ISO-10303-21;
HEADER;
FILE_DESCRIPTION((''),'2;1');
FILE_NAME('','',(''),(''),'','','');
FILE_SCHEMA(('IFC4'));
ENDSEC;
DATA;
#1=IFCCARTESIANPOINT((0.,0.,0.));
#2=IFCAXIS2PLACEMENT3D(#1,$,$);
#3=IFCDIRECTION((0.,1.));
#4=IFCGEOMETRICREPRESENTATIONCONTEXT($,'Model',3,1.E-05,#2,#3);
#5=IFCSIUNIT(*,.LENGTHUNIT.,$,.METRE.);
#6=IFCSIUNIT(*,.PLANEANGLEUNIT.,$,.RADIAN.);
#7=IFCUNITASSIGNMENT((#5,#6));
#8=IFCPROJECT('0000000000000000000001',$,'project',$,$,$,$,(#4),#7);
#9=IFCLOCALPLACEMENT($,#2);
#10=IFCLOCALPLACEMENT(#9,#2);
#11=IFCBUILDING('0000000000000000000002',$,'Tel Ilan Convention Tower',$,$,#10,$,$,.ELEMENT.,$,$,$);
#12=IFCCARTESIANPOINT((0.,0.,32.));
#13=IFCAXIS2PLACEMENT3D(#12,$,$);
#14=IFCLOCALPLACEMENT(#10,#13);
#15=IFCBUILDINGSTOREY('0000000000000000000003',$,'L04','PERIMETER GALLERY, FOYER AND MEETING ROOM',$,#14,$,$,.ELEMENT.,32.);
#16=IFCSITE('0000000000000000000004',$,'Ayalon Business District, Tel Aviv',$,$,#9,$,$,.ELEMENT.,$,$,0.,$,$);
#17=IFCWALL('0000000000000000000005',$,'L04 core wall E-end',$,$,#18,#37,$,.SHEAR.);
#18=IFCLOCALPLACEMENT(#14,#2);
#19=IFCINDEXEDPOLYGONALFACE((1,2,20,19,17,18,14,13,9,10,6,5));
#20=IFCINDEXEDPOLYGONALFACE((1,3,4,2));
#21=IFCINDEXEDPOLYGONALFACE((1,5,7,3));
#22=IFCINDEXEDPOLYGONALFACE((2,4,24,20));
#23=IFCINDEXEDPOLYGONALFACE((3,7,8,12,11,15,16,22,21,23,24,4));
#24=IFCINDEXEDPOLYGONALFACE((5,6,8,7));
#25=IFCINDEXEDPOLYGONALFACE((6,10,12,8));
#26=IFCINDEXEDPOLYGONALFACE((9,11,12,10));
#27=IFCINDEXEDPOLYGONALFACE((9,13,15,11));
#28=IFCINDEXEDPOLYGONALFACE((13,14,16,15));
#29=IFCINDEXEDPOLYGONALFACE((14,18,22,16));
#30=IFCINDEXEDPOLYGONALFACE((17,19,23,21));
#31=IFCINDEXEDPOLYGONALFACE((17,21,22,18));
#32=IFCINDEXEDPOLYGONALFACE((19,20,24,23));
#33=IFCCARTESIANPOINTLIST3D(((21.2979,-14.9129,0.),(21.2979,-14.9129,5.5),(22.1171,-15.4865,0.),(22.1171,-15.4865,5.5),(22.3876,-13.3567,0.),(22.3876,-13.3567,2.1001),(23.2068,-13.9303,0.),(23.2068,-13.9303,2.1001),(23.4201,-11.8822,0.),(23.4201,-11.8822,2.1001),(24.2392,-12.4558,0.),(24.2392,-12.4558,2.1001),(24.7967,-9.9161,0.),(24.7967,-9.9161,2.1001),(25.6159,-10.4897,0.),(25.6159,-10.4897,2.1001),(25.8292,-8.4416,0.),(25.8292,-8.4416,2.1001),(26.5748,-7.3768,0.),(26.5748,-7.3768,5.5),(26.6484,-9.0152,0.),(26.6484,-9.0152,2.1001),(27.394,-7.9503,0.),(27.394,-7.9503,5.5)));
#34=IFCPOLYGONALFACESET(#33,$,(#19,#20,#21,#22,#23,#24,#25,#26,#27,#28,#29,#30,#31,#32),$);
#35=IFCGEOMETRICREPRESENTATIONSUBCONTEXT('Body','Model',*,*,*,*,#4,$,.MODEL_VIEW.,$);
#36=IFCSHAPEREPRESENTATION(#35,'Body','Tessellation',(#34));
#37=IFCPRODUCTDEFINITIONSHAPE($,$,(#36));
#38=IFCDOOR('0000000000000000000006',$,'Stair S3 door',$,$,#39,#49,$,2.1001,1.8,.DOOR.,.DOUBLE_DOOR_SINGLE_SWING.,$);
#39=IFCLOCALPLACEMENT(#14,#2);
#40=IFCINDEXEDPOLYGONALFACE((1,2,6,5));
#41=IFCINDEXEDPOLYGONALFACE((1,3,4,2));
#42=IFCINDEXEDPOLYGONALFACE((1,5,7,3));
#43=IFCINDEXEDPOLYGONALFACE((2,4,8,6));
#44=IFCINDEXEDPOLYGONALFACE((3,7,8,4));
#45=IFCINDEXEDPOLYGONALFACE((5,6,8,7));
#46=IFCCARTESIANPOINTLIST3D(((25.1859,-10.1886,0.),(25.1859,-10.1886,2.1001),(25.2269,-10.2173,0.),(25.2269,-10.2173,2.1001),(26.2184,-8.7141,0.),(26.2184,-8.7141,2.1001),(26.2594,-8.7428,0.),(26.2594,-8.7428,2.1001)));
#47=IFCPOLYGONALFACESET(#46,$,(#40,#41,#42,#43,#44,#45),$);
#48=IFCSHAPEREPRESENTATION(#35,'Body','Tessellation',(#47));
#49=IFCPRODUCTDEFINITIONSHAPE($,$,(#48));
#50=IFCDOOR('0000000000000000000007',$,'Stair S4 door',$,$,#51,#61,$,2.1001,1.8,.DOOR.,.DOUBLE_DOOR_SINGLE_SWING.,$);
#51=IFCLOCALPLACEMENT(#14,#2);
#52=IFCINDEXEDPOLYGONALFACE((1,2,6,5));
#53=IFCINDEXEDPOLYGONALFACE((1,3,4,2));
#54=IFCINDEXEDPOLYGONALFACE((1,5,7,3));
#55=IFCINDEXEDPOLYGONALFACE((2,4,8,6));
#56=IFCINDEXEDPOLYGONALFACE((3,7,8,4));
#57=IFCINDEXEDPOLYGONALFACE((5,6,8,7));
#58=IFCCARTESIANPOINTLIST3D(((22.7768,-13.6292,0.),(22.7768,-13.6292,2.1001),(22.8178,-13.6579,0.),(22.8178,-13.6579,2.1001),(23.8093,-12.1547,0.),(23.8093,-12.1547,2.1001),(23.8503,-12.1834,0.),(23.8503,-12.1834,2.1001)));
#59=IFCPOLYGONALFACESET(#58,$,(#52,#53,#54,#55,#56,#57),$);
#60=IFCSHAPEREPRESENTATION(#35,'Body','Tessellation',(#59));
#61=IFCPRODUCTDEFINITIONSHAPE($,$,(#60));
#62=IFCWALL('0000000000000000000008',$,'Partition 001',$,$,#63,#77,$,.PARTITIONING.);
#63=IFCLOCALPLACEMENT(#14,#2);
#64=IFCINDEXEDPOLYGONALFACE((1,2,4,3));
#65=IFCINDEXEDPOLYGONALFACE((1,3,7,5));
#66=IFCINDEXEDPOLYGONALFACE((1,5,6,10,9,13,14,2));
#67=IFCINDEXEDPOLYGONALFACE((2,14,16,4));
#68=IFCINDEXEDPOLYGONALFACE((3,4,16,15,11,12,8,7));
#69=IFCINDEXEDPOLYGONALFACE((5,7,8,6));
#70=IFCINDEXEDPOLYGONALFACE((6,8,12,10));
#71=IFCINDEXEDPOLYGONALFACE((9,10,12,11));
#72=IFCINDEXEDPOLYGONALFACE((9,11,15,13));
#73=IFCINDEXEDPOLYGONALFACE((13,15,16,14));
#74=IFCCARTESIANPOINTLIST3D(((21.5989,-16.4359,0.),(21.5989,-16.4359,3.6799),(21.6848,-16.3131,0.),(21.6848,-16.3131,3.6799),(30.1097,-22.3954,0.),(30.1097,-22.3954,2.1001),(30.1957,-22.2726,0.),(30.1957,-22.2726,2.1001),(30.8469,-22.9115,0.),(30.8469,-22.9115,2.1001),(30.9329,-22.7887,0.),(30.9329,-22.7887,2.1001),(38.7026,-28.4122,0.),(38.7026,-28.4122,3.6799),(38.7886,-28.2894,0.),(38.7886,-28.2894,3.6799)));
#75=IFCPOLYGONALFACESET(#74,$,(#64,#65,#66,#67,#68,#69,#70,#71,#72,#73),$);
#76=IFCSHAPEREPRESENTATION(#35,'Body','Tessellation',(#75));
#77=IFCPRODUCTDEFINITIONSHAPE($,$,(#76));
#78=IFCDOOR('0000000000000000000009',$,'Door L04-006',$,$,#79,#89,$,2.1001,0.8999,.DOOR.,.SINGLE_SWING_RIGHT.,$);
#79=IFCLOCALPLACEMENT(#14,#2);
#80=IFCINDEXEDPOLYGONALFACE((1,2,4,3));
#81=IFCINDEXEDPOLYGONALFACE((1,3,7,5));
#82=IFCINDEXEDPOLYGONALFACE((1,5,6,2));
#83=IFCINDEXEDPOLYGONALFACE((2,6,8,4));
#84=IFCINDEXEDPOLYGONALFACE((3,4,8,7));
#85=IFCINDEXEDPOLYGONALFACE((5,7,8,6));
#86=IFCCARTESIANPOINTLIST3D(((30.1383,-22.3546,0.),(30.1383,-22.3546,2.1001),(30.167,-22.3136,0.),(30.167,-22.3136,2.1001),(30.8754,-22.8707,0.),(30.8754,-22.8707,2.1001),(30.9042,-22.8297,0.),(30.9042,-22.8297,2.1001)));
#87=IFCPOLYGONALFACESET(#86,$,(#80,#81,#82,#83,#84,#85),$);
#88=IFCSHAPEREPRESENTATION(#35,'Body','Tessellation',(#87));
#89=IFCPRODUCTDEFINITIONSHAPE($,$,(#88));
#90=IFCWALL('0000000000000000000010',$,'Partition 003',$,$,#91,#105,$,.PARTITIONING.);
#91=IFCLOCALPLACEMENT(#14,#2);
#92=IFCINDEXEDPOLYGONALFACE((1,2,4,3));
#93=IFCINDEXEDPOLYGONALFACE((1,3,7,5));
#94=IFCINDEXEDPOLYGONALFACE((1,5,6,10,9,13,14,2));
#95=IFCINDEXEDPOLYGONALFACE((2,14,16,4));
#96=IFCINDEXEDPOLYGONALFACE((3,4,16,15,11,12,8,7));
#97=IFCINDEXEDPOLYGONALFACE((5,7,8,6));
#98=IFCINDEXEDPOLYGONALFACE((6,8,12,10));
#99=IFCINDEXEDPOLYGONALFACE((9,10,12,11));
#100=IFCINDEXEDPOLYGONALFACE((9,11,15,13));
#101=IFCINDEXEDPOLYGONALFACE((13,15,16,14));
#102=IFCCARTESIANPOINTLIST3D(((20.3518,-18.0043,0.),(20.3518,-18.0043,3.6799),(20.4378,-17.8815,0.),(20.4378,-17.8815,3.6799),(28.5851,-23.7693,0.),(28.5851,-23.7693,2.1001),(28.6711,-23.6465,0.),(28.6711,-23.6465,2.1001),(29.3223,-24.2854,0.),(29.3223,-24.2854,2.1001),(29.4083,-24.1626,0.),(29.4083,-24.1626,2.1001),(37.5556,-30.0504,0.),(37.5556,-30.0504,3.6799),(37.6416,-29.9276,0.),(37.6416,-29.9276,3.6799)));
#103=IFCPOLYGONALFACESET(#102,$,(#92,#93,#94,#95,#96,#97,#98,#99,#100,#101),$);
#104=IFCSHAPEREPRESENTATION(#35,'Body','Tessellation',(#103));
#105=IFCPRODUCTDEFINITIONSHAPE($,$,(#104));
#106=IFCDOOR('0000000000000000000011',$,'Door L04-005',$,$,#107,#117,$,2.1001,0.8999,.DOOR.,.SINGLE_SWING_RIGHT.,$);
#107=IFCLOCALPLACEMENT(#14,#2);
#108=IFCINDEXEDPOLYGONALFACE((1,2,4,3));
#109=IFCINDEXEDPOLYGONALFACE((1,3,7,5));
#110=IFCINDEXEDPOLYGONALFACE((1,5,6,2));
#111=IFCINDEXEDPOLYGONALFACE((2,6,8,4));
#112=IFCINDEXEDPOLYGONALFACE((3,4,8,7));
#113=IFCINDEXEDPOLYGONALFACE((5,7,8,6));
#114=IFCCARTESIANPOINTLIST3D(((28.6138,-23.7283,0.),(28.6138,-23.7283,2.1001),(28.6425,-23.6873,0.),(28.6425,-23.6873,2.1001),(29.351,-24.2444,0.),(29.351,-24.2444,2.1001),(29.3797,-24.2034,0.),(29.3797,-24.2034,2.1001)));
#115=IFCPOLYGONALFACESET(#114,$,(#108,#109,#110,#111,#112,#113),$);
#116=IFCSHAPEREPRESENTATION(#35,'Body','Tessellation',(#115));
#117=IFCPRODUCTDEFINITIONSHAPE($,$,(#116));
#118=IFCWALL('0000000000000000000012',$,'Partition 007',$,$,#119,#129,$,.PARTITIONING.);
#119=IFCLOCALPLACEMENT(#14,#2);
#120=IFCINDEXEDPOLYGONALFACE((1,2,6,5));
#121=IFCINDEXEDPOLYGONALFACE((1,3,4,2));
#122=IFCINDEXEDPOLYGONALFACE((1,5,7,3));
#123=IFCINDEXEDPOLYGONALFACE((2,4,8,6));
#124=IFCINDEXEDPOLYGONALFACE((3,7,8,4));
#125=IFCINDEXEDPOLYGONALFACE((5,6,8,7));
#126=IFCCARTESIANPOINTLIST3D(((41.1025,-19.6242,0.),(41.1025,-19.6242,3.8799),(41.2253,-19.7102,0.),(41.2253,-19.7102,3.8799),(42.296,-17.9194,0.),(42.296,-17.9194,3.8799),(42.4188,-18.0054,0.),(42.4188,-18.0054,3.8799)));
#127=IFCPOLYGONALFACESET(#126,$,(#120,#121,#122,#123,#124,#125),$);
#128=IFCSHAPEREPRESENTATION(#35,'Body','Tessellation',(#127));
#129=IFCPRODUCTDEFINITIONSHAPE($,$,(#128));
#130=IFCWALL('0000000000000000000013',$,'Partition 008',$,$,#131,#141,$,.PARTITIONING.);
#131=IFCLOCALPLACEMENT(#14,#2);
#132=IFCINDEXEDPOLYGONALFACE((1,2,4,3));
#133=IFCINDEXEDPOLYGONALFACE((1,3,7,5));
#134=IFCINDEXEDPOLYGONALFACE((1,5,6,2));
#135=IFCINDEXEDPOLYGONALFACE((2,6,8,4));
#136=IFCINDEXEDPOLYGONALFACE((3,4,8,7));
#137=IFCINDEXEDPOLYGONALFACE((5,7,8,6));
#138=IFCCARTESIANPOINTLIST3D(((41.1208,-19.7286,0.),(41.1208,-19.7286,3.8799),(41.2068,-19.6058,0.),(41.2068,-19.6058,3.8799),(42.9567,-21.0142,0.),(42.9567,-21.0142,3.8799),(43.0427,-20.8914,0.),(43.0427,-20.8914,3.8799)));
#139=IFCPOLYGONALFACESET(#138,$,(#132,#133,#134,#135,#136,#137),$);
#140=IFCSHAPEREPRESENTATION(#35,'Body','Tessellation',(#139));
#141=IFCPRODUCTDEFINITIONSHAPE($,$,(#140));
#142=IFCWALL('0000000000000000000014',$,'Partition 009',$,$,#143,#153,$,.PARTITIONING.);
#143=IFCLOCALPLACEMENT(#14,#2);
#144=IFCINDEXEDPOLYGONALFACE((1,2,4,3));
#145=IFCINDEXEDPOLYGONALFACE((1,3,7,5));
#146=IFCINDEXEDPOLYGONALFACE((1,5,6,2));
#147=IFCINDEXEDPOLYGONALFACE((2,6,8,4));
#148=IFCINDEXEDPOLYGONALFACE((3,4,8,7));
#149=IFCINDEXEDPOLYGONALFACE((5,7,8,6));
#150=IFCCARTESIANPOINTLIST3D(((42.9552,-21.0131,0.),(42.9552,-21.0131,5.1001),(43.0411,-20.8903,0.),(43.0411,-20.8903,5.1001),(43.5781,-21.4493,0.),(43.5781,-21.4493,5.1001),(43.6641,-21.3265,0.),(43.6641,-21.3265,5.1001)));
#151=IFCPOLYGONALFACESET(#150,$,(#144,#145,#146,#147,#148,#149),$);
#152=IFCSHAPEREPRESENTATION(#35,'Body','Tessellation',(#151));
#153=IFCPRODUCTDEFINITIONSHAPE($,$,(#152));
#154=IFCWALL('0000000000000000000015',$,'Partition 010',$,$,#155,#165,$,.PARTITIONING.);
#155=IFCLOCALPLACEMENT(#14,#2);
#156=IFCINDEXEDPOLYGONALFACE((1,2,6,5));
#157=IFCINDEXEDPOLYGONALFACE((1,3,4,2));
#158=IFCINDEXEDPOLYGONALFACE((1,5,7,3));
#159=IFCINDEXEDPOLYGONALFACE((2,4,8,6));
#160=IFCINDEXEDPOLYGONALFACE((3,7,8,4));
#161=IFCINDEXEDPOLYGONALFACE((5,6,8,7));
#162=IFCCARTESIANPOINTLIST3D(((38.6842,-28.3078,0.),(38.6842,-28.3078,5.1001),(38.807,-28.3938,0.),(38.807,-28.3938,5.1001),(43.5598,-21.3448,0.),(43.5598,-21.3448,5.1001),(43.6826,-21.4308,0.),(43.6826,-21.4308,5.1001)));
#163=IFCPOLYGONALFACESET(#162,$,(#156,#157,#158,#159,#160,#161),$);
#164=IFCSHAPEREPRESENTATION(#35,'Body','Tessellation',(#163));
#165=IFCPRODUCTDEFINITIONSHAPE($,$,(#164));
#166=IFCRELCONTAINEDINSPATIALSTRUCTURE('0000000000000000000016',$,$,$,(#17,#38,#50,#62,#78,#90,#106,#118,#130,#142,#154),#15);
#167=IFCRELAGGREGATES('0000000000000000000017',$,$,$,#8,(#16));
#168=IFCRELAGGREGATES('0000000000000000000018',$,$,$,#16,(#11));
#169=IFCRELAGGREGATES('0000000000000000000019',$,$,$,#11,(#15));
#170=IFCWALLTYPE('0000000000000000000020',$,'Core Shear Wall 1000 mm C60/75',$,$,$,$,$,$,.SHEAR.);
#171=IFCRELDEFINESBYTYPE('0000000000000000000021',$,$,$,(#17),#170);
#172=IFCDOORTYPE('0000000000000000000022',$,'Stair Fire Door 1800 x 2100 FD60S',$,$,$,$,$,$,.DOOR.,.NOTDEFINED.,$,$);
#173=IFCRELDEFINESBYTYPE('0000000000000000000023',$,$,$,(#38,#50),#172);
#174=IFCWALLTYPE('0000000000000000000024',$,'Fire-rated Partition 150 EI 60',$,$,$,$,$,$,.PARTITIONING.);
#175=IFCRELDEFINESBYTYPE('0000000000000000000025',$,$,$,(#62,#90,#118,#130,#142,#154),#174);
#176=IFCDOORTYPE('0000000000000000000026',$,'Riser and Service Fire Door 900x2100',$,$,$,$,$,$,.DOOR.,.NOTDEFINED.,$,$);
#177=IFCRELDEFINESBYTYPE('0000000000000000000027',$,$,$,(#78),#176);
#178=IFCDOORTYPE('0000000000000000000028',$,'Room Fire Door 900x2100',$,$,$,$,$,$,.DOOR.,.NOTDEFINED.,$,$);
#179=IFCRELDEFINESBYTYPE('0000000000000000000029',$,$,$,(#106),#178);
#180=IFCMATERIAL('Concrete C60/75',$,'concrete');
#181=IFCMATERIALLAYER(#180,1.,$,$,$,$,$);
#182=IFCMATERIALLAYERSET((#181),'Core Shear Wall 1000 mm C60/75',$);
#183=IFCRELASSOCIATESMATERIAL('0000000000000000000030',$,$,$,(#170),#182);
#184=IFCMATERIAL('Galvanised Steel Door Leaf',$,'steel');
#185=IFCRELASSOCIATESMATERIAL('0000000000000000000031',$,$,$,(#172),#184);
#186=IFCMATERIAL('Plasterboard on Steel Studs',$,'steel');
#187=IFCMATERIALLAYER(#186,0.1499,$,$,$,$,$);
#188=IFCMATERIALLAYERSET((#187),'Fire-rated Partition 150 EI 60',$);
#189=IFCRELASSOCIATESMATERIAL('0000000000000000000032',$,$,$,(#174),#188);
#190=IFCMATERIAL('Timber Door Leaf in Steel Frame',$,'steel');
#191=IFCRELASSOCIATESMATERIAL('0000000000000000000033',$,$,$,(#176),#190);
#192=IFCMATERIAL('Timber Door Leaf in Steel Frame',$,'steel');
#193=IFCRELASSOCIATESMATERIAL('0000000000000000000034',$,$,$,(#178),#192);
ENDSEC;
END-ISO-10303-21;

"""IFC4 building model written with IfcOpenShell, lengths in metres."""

from ifc_helpers import new_model, si_unit, direction, frame, frame_2d, origin, place, context, subcontext, project, spatial, polyline, rectangle, outline, extrude, material, layer, layer_set, type_object, element, fill, save


model = new_model("IFC4")

# Units and contexts
model_context = context("Model", 3, precision=1e-05, world=origin(), true_north=direction((0.0, 1.0)))
body_context = subcontext(model_context, "Body", "Model", "MODEL_VIEW")
ifc_project = project(units=[si_unit("LENGTHUNIT", "METRE"), si_unit("PLANEANGLEUNIT", "RADIAN")], contexts=[model_context])

# Site, building, storey
site_placement = place(None, origin())
site = spatial("IfcSite", under=ifc_project, at=site_placement, Name="Ayalon Business District, Tel Aviv", CompositionType="ELEMENT", RefElevation=0.0)
building_placement = place(site_placement, origin())
building = spatial("IfcBuilding", under=site, at=building_placement, Name="Tel Ilan Convention Tower", CompositionType="ELEMENT")
storey_placement = place(building_placement, frame((0.0, 0.0, 32.0)))
storey = spatial("IfcBuildingStorey", under=building, at=storey_placement, Name="L04", Description="PERIMETER GALLERY, FOYER AND MEETING ROOM", CompositionType="ELEMENT", Elevation=32.0)

# Wall, openings, doors
ifc_material_1 = material(Name="Concrete C60/75", Category="concrete")
ifc_layer_1 = layer(ifc_material_1, 1.0)
ifc_layer_set_1 = layer_set([ifc_layer_1], Name="Core Shear Wall 1000 mm C60/75")
wall_type_1 = type_object("IfcWallType", Name="Core Shear Wall 1000 mm C60/75", PredefinedType="SHEAR", material=ifc_layer_set_1)
wall_1_placement = place(storey_placement, frame((21.7075, -15.1997, 0.0), z_axis=(0.0, 0.0, 1.0), x_axis=(0.573576, 0.819152, 0.0)))
wall_1 = element("IfcWall", 1, at=wall_1_placement, inside=storey, type_object=wall_type_1, Name="L04 core wall E-end", PredefinedType="SHEAR", context=body_context, shape_type="SweptSolid", body=[
    extrude(outline(polyline([(9.2, 0.5), (0.0, 0.5), (0.0, -0.5), (9.2, -0.5), (9.2, 0.5)])), origin(), (0.0, 0.0, 1.0), 5.5),
])
opening_1_placement = place(wall_1_placement, frame((6.1001, 0.0, 0.0)))
opening_1 = element("IfcOpeningElement", 2, at=opening_1_placement, cuts=wall_1, PredefinedType="OPENING", context=body_context, shape_type="SweptSolid", body=[
    extrude(rectangle(XDim=1.8, YDim=2.1001, at=frame_2d((0.8999, 1.05))), frame((0.0, 0.51, 0.0), z_axis=(0.0, -1.0, 0.0), x_axis=(1.0, 0.0, 0.0)), (0.0, 0.0, 1.0), 1.02),
])
opening_2_placement = place(wall_1_placement, frame((1.8999, 0.0, 0.0)))
opening_2 = element("IfcOpeningElement", 3, at=opening_2_placement, cuts=wall_1, PredefinedType="OPENING", context=body_context, shape_type="SweptSolid", body=[
    extrude(rectangle(XDim=1.8, YDim=2.1001, at=frame_2d((0.8999, 1.05))), frame((0.0, 0.51, 0.0), z_axis=(0.0, -1.0, 0.0), x_axis=(1.0, 0.0, 0.0)), (0.0, 0.0, 1.0), 1.02),
])
ifc_material_2 = material(Name="Galvanised Steel Door Leaf", Category="steel")
door_type_1 = type_object("IfcDoorType", Name="Stair Fire Door 1800 x 2100 FD60S", OperationType="NOTDEFINED", PredefinedType="DOOR", material=ifc_material_2)
door_1_placement = place(opening_1_placement, origin())
door_1 = element("IfcDoor", 4, at=door_1_placement, inside=storey, type_object=door_type_1, Name="Stair S3 door", OperationType="DOUBLE_DOOR_SINGLE_SWING", OverallHeight=2.1001, OverallWidth=1.8, PredefinedType="DOOR", context=body_context, shape_type="SweptSolid", body=[
    extrude(rectangle(XDim=1.8, YDim=2.1001, at=frame_2d((0.8999, 1.05))), frame((0.0, 0.0249, 0.0), z_axis=(0.0, -1.0, 0.0), x_axis=(1.0, 0.0, 0.0)), (0.0, 0.0, 1.0), 0.05),
])
fill(opening_1, door_1)
door_2_placement = place(opening_2_placement, origin())
door_2 = element("IfcDoor", 5, at=door_2_placement, inside=storey, type_object=door_type_1, Name="Stair S4 door", OperationType="DOUBLE_DOOR_SINGLE_SWING", OverallHeight=2.1001, OverallWidth=1.8, PredefinedType="DOOR", context=body_context, shape_type="SweptSolid", body=[
    extrude(rectangle(XDim=1.8, YDim=2.1001, at=frame_2d((0.8999, 1.05))), frame((0.0, 0.0249, 0.0), z_axis=(0.0, -1.0, 0.0), x_axis=(1.0, 0.0, 0.0)), (0.0, 0.0, 1.0), 0.05),
])
fill(opening_2, door_2)

# Walls, openings, doors
ifc_material_3 = material(Name="Plasterboard on Steel Studs", Category="steel")
ifc_layer_2 = layer(ifc_material_3, 0.1499)
ifc_layer_set_2 = layer_set([ifc_layer_2], Name="Fire-rated Partition 150 EI 60")
wall_type_2 = type_object("IfcWallType", Name="Fire-rated Partition 150 EI 60", PredefinedType="PARTITIONING", material=ifc_layer_set_2)
wall_2_placement = place(storey_placement, frame((21.6418, -16.3745, 0.0), z_axis=(0.0, 0.0, 1.0), x_axis=(0.819149, -0.573581, 0.0)))
wall_2 = element("IfcWall", 6, at=wall_2_placement, inside=storey, type_object=wall_type_2, Name="Partition 001", PredefinedType="PARTITIONING", context=body_context, shape_type="SweptSolid", body=[
    extrude(rectangle(XDim=20.8799, YDim=0.1499, at=frame_2d((10.4399, 0.0))), origin(), (0.0, 0.0, 1.0), 3.6799),
])
opening_3_placement = place(wall_2_placement, frame((10.3899, 0.0, 0.0)))
opening_3 = element("IfcOpeningElement", 7, at=opening_3_placement, cuts=wall_2, PredefinedType="OPENING", context=body_context, shape_type="SweptSolid", body=[
    extrude(rectangle(XDim=0.8999, YDim=2.1001, at=frame_2d((0.45, 1.05))), frame((0.0, 0.085, 0.0), z_axis=(0.0, -1.0, 0.0), x_axis=(1.0, 0.0, 0.0)), (0.0, 0.0, 1.0), 0.1699),
])
ifc_material_4 = material(Name="Timber Door Leaf in Steel Frame", Category="steel")
door_type_2 = type_object("IfcDoorType", Name="Riser and Service Fire Door 900x2100", OperationType="NOTDEFINED", PredefinedType="DOOR", material=ifc_material_4)
door_3_placement = place(opening_3_placement, origin())
door_3 = element("IfcDoor", 8, at=door_3_placement, inside=storey, type_object=door_type_2, Name="Door L04-006", OperationType="SINGLE_SWING_RIGHT", OverallHeight=2.1001, OverallWidth=0.8999, PredefinedType="DOOR", context=body_context, shape_type="SweptSolid", body=[
    extrude(rectangle(XDim=0.8999, YDim=2.1001, at=frame_2d((0.45, 1.05))), frame((0.0, 0.0249, 0.0), z_axis=(0.0, -1.0, 0.0), x_axis=(1.0, 0.0, 0.0)), (0.0, 0.0, 1.0), 0.05),
])
fill(opening_3, door_3)
wall_3_placement = place(storey_placement, frame((37.5986, -29.989, 0.0), z_axis=(0.0, 0.0, 1.0), x_axis=(-0.819155, 0.573572, 0.0)))
wall_3 = element("IfcWall", 9, at=wall_3_placement, inside=storey, type_object=wall_type_2, Name="Partition 003", PredefinedType="PARTITIONING", context=body_context, shape_type="SweptSolid", body=[
    extrude(rectangle(XDim=21.002, YDim=0.1499, at=frame_2d((10.501, 0.0))), origin(), (0.0, 0.0, 1.0), 3.6799),
])
opening_4_placement = place(wall_3_placement, frame((10.051, 0.0, 0.0)))
opening_4 = element("IfcOpeningElement", 10, at=opening_4_placement, cuts=wall_3, PredefinedType="OPENING", context=body_context, shape_type="SweptSolid", body=[
    extrude(rectangle(XDim=0.8999, YDim=2.1001, at=frame_2d((0.45, 1.05))), frame((0.0, 0.085, 0.0), z_axis=(0.0, -1.0, 0.0), x_axis=(1.0, 0.0, 0.0)), (0.0, 0.0, 1.0), 0.1699),
])
ifc_material_5 = material(Name="Timber Door Leaf in Steel Frame", Category="steel")
door_type_3 = type_object("IfcDoorType", Name="Room Fire Door 900x2100", OperationType="NOTDEFINED", PredefinedType="DOOR", material=ifc_material_5)
door_4_placement = place(opening_4_placement, origin())
door_4 = element("IfcDoor", 11, at=door_4_placement, inside=storey, type_object=door_type_3, Name="Door L04-005", OperationType="SINGLE_SWING_RIGHT", OverallHeight=2.1001, OverallWidth=0.8999, PredefinedType="DOOR", context=body_context, shape_type="SweptSolid", body=[
    extrude(rectangle(XDim=0.8999, YDim=2.1001, at=frame_2d((0.45, 1.05))), frame((0.0, 0.0249, 0.0), z_axis=(0.0, -1.0, 0.0), x_axis=(1.0, 0.0, 0.0)), (0.0, 0.0, 1.0), 0.05),
])
fill(opening_4, door_4)

# Walls
wall_4_placement = place(storey_placement, frame((42.3574, -17.9624, 0.0), z_axis=(0.0, 0.0, 1.0), x_axis=(-0.573533, -0.819182, 0.0)))
element("IfcWall", 12, at=wall_4_placement, inside=storey, type_object=wall_type_2, Name="Partition 007", PredefinedType="PARTITIONING", context=body_context, shape_type="SweptSolid", body=[
    extrude(rectangle(XDim=2.0811, YDim=0.1499, at=frame_2d((1.0405, 0.0))), origin(), (0.0, 0.0, 1.0), 3.8799),
])
wall_5_placement = place(storey_placement, frame((41.1638, -19.6672, 0.0), z_axis=(0.0, 0.0, 1.0), x_axis=(0.81913, -0.573609, 0.0)))
element("IfcWall", 13, at=wall_5_placement, inside=storey, type_object=wall_type_2, Name="Partition 008", PredefinedType="PARTITIONING", context=body_context, shape_type="SweptSolid", body=[
    extrude(rectangle(XDim=2.2412, YDim=0.1499, at=frame_2d((1.1206, 0.0))), origin(), (0.0, 0.0, 1.0), 3.8799),
])
wall_6_placement = place(storey_placement, frame((42.998, -20.9517, 0.0), z_axis=(0.0, 0.0, 1.0), x_axis=(0.819141, -0.573592, 0.0)))
element("IfcWall", 14, at=wall_6_placement, inside=storey, type_object=wall_type_2, Name="Partition 009", PredefinedType="PARTITIONING", context=body_context, shape_type="SweptSolid", body=[
    extrude(rectangle(XDim=0.7605, YDim=0.1499, at=frame_2d((0.3804, 0.0))), origin(), (0.0, 0.0, 1.0), 5.1001),
])
wall_7_placement = place(storey_placement, frame((43.6211, -21.3879, 0.0), z_axis=(0.0, 0.0, 1.0), x_axis=(-0.573578, -0.819151, 0.0)))
element("IfcWall", 15, at=wall_7_placement, inside=storey, type_object=wall_type_2, Name="Partition 010", PredefinedType="PARTITIONING", context=body_context, shape_type="SweptSolid", body=[
    extrude(rectangle(XDim=8.5002, YDim=0.1499, at=frame_2d((4.25, 0.0))), origin(), (0.0, 0.0, 1.0), 5.1001),
])

save(model, "model.ifc")
